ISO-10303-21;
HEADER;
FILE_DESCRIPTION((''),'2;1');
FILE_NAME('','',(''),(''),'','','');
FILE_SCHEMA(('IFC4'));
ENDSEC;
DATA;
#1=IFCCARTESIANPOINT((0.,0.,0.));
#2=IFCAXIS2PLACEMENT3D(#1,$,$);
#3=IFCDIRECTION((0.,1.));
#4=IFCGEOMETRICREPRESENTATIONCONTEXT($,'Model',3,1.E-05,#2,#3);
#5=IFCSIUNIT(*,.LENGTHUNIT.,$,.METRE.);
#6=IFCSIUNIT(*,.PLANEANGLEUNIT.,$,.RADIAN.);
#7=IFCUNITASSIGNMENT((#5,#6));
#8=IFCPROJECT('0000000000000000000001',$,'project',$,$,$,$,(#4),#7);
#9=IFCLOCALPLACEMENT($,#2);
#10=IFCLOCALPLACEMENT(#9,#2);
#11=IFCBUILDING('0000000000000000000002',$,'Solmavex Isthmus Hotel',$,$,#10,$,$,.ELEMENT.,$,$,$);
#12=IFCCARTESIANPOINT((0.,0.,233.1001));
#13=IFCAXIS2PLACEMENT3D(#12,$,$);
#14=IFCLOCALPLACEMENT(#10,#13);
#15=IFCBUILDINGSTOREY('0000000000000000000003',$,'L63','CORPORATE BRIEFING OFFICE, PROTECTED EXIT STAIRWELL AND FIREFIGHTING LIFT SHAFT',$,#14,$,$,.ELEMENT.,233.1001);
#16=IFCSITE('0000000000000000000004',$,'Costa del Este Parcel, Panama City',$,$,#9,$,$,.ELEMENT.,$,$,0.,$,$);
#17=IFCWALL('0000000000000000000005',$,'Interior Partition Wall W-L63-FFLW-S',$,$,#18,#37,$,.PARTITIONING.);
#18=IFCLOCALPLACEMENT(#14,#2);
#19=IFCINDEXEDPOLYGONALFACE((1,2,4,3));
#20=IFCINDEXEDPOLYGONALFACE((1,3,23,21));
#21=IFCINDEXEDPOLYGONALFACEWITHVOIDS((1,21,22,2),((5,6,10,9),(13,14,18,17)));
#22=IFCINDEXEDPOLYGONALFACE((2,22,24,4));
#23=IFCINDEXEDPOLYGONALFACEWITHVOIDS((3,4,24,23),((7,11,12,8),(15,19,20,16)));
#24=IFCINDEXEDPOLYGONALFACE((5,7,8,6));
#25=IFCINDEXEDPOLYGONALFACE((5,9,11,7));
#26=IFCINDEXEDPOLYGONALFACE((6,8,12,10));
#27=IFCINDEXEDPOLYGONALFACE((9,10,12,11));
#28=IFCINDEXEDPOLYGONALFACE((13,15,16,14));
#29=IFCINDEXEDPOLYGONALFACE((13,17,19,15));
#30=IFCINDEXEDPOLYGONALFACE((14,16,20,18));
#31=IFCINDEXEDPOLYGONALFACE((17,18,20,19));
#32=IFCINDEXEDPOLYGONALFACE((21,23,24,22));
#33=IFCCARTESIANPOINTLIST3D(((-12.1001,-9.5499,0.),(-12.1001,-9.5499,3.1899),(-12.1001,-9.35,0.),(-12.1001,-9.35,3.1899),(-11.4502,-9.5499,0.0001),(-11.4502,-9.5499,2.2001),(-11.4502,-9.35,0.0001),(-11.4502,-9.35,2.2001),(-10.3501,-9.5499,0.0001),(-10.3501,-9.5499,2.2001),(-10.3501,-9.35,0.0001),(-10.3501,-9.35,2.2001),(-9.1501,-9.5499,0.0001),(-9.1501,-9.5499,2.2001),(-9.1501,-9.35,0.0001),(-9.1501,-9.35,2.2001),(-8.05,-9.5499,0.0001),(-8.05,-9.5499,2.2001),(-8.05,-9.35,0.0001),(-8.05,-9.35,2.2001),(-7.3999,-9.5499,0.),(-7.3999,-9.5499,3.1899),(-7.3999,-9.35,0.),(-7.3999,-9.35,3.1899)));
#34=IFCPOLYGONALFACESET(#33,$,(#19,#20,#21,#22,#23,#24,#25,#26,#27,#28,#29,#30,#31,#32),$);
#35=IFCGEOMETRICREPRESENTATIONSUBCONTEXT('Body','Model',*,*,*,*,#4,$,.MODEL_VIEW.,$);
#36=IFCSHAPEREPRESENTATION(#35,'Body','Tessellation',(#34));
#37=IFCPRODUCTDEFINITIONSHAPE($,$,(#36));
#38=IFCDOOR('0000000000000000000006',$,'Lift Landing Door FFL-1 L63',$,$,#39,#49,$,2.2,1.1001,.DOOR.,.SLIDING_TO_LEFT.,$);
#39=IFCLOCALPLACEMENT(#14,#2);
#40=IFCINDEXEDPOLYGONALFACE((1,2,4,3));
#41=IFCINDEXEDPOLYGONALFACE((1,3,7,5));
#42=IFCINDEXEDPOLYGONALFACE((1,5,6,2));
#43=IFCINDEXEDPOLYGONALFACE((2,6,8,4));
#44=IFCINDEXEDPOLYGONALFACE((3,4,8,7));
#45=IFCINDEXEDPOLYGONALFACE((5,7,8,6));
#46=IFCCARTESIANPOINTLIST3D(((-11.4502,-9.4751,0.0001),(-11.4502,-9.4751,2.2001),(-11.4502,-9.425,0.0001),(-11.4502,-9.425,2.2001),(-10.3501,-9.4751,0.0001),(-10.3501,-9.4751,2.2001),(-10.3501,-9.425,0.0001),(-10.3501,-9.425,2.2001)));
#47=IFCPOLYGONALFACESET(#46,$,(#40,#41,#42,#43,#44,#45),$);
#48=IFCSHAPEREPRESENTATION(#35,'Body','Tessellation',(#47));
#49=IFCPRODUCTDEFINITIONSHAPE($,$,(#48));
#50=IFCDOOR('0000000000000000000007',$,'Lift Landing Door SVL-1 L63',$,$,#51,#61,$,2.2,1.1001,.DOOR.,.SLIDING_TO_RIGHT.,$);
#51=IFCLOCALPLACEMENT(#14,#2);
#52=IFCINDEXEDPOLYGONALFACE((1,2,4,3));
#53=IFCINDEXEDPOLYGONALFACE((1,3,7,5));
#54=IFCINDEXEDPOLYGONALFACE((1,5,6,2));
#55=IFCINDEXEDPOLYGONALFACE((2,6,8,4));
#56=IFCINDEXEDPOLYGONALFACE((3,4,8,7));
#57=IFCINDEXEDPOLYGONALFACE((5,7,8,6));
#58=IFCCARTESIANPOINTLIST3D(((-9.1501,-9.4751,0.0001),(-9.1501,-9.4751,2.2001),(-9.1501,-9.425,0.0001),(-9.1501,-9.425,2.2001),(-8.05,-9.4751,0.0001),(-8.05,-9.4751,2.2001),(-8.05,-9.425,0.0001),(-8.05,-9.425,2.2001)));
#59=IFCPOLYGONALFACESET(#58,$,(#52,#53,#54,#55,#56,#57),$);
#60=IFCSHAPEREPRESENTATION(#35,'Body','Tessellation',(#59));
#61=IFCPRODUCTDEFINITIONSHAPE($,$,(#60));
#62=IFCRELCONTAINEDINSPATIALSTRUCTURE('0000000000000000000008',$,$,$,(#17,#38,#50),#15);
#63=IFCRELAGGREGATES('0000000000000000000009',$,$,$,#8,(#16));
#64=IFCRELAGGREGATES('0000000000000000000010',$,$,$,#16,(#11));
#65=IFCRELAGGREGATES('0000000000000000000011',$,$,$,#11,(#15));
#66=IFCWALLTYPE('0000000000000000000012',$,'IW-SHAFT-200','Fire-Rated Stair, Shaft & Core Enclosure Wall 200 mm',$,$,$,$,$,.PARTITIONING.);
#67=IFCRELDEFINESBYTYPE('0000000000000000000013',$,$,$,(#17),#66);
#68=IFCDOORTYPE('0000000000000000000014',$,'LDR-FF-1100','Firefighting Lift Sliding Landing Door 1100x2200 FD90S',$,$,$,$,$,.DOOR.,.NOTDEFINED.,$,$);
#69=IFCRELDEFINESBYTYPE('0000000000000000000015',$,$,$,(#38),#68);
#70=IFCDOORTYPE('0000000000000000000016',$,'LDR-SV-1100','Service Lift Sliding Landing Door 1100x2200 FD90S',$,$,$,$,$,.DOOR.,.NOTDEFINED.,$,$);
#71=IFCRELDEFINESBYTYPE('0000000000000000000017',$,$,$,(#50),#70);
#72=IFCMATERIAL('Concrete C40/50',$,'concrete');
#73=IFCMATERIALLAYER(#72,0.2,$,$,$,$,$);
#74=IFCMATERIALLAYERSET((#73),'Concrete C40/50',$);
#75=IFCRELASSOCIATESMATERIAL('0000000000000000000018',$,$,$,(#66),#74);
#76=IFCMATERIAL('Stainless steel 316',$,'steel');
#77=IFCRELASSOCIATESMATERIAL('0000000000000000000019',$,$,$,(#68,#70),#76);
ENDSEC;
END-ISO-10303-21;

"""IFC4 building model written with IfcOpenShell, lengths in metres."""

from ifc_helpers import new_model, si_unit, direction, frame, frame_2d, origin, place, context, subcontext, project, spatial, rectangle, extrude, material, layer, layer_set, type_object, element, fill, save


model = new_model("IFC4")

# Units and contexts
model_context = context("Model", 3, precision=1e-05, world=origin(), true_north=direction((0.0, 1.0)))
body_context = subcontext(model_context, "Body", "Model", "MODEL_VIEW")
ifc_project = project(units=[si_unit("LENGTHUNIT", "METRE"), si_unit("PLANEANGLEUNIT", "RADIAN")], contexts=[model_context])

# Site, building, storey
site_placement = place(None, origin())
site = spatial("IfcSite", under=ifc_project, at=site_placement, Name="Costa del Este Parcel, Panama City", CompositionType="ELEMENT", RefElevation=0.0)
building_placement = place(site_placement, origin())
building = spatial("IfcBuilding", under=site, at=building_placement, Name="Solmavex Isthmus Hotel", CompositionType="ELEMENT")
storey_placement = place(building_placement, frame((0.0, 0.0, 233.1001)))
storey = spatial("IfcBuildingStorey", under=building, at=storey_placement, Name="L63", Description="CORPORATE BRIEFING OFFICE, PROTECTED EXIT STAIRWELL AND FIREFIGHTING LIFT SHAFT", CompositionType="ELEMENT", Elevation=233.1001)

# Shared definitions
ifc_material_1 = material(Name="Concrete C40/50", Category="concrete")
ifc_layer_1 = layer(ifc_material_1, 0.2)
ifc_layer_set_1 = layer_set([ifc_layer_1], Name="Concrete C40/50")
wall_type_1 = type_object("IfcWallType", Name="IW-SHAFT-200", Description="Fire-Rated Stair, Shaft & Core Enclosure Wall 200 mm", PredefinedType="PARTITIONING", material=ifc_layer_set_1)

# Wall, openings, doors
wall_1_placement = place(storey_placement, frame((-12.1001, -9.45, 0.0), z_axis=(0.0, 0.0, 1.0), x_axis=(1.0, 0.0, 0.0)))
wall_1 = element("IfcWall", 1, at=wall_1_placement, inside=storey, type_object=wall_type_1, Name="Interior Partition Wall W-L63-FFLW-S", PredefinedType="PARTITIONING", context=body_context, shape_type="SweptSolid", body=[
    extrude(rectangle(XDim=4.7002, YDim=0.2, at=frame_2d((2.3501, 0.0))), origin(), (0.0, 0.0, 1.0), 3.1899),
])
opening_1_placement = place(wall_1_placement, frame((0.6499, 0.0, 0.0)))
opening_1 = element("IfcOpeningElement", 2, at=opening_1_placement, cuts=wall_1, PredefinedType="OPENING", context=body_context, shape_type="SweptSolid", body=[
    extrude(rectangle(XDim=1.1001, YDim=2.2, at=frame_2d((0.55, 1.1001))), frame((0.0, 0.1099, 0.0), z_axis=(0.0, -1.0, 0.0), x_axis=(1.0, 0.0, 0.0)), (0.0, 0.0, 1.0), 0.22),
])
opening_2_placement = place(wall_1_placement, frame((2.95, 0.0, 0.0)))
opening_2 = element("IfcOpeningElement", 3, at=opening_2_placement, cuts=wall_1, PredefinedType="OPENING", context=body_context, shape_type="SweptSolid", body=[
    extrude(rectangle(XDim=1.1001, YDim=2.2, at=frame_2d((0.55, 1.1001))), frame((0.0, 0.1099, 0.0), z_axis=(0.0, -1.0, 0.0), x_axis=(1.0, 0.0, 0.0)), (0.0, 0.0, 1.0), 0.22),
])
ifc_material_2 = material(Name="Stainless steel 316", Category="steel")
door_type_1 = type_object("IfcDoorType", Name="LDR-FF-1100", Description="Firefighting Lift Sliding Landing Door 1100x2200 FD90S", OperationType="NOTDEFINED", PredefinedType="DOOR", material=ifc_material_2)
door_1_placement = place(opening_1_placement, origin())
door_1 = element("IfcDoor", 4, at=door_1_placement, inside=storey, type_object=door_type_1, Name="Lift Landing Door FFL-1 L63", OperationType="SLIDING_TO_LEFT", OverallHeight=2.2, OverallWidth=1.1001, PredefinedType="DOOR", context=body_context, shape_type="SweptSolid", body=[
    extrude(rectangle(XDim=1.1001, YDim=2.2, at=frame_2d((0.55, 1.1001))), frame((0.0, 0.0249, 0.0), z_axis=(0.0, -1.0, 0.0), x_axis=(1.0, 0.0, 0.0)), (0.0, 0.0, 1.0), 0.05),
])
fill(opening_1, door_1)
door_type_2 = type_object("IfcDoorType", Name="LDR-SV-1100", Description="Service Lift Sliding Landing Door 1100x2200 FD90S", OperationType="NOTDEFINED", PredefinedType="DOOR", material=ifc_material_2)
door_2_placement = place(opening_2_placement, origin())
door_2 = element("IfcDoor", 5, at=door_2_placement, inside=storey, type_object=door_type_2, Name="Lift Landing Door SVL-1 L63", OperationType="SLIDING_TO_RIGHT", OverallHeight=2.2, OverallWidth=1.1001, PredefinedType="DOOR", context=body_context, shape_type="SweptSolid", body=[
    extrude(rectangle(XDim=1.1001, YDim=2.2, at=frame_2d((0.55, 1.1001))), frame((0.0, 0.0249, 0.0), z_axis=(0.0, -1.0, 0.0), x_axis=(1.0, 0.0, 0.0)), (0.0, 0.0, 1.0), 0.05),
])
fill(opening_2, door_2)

save(model, "model.ifc")
